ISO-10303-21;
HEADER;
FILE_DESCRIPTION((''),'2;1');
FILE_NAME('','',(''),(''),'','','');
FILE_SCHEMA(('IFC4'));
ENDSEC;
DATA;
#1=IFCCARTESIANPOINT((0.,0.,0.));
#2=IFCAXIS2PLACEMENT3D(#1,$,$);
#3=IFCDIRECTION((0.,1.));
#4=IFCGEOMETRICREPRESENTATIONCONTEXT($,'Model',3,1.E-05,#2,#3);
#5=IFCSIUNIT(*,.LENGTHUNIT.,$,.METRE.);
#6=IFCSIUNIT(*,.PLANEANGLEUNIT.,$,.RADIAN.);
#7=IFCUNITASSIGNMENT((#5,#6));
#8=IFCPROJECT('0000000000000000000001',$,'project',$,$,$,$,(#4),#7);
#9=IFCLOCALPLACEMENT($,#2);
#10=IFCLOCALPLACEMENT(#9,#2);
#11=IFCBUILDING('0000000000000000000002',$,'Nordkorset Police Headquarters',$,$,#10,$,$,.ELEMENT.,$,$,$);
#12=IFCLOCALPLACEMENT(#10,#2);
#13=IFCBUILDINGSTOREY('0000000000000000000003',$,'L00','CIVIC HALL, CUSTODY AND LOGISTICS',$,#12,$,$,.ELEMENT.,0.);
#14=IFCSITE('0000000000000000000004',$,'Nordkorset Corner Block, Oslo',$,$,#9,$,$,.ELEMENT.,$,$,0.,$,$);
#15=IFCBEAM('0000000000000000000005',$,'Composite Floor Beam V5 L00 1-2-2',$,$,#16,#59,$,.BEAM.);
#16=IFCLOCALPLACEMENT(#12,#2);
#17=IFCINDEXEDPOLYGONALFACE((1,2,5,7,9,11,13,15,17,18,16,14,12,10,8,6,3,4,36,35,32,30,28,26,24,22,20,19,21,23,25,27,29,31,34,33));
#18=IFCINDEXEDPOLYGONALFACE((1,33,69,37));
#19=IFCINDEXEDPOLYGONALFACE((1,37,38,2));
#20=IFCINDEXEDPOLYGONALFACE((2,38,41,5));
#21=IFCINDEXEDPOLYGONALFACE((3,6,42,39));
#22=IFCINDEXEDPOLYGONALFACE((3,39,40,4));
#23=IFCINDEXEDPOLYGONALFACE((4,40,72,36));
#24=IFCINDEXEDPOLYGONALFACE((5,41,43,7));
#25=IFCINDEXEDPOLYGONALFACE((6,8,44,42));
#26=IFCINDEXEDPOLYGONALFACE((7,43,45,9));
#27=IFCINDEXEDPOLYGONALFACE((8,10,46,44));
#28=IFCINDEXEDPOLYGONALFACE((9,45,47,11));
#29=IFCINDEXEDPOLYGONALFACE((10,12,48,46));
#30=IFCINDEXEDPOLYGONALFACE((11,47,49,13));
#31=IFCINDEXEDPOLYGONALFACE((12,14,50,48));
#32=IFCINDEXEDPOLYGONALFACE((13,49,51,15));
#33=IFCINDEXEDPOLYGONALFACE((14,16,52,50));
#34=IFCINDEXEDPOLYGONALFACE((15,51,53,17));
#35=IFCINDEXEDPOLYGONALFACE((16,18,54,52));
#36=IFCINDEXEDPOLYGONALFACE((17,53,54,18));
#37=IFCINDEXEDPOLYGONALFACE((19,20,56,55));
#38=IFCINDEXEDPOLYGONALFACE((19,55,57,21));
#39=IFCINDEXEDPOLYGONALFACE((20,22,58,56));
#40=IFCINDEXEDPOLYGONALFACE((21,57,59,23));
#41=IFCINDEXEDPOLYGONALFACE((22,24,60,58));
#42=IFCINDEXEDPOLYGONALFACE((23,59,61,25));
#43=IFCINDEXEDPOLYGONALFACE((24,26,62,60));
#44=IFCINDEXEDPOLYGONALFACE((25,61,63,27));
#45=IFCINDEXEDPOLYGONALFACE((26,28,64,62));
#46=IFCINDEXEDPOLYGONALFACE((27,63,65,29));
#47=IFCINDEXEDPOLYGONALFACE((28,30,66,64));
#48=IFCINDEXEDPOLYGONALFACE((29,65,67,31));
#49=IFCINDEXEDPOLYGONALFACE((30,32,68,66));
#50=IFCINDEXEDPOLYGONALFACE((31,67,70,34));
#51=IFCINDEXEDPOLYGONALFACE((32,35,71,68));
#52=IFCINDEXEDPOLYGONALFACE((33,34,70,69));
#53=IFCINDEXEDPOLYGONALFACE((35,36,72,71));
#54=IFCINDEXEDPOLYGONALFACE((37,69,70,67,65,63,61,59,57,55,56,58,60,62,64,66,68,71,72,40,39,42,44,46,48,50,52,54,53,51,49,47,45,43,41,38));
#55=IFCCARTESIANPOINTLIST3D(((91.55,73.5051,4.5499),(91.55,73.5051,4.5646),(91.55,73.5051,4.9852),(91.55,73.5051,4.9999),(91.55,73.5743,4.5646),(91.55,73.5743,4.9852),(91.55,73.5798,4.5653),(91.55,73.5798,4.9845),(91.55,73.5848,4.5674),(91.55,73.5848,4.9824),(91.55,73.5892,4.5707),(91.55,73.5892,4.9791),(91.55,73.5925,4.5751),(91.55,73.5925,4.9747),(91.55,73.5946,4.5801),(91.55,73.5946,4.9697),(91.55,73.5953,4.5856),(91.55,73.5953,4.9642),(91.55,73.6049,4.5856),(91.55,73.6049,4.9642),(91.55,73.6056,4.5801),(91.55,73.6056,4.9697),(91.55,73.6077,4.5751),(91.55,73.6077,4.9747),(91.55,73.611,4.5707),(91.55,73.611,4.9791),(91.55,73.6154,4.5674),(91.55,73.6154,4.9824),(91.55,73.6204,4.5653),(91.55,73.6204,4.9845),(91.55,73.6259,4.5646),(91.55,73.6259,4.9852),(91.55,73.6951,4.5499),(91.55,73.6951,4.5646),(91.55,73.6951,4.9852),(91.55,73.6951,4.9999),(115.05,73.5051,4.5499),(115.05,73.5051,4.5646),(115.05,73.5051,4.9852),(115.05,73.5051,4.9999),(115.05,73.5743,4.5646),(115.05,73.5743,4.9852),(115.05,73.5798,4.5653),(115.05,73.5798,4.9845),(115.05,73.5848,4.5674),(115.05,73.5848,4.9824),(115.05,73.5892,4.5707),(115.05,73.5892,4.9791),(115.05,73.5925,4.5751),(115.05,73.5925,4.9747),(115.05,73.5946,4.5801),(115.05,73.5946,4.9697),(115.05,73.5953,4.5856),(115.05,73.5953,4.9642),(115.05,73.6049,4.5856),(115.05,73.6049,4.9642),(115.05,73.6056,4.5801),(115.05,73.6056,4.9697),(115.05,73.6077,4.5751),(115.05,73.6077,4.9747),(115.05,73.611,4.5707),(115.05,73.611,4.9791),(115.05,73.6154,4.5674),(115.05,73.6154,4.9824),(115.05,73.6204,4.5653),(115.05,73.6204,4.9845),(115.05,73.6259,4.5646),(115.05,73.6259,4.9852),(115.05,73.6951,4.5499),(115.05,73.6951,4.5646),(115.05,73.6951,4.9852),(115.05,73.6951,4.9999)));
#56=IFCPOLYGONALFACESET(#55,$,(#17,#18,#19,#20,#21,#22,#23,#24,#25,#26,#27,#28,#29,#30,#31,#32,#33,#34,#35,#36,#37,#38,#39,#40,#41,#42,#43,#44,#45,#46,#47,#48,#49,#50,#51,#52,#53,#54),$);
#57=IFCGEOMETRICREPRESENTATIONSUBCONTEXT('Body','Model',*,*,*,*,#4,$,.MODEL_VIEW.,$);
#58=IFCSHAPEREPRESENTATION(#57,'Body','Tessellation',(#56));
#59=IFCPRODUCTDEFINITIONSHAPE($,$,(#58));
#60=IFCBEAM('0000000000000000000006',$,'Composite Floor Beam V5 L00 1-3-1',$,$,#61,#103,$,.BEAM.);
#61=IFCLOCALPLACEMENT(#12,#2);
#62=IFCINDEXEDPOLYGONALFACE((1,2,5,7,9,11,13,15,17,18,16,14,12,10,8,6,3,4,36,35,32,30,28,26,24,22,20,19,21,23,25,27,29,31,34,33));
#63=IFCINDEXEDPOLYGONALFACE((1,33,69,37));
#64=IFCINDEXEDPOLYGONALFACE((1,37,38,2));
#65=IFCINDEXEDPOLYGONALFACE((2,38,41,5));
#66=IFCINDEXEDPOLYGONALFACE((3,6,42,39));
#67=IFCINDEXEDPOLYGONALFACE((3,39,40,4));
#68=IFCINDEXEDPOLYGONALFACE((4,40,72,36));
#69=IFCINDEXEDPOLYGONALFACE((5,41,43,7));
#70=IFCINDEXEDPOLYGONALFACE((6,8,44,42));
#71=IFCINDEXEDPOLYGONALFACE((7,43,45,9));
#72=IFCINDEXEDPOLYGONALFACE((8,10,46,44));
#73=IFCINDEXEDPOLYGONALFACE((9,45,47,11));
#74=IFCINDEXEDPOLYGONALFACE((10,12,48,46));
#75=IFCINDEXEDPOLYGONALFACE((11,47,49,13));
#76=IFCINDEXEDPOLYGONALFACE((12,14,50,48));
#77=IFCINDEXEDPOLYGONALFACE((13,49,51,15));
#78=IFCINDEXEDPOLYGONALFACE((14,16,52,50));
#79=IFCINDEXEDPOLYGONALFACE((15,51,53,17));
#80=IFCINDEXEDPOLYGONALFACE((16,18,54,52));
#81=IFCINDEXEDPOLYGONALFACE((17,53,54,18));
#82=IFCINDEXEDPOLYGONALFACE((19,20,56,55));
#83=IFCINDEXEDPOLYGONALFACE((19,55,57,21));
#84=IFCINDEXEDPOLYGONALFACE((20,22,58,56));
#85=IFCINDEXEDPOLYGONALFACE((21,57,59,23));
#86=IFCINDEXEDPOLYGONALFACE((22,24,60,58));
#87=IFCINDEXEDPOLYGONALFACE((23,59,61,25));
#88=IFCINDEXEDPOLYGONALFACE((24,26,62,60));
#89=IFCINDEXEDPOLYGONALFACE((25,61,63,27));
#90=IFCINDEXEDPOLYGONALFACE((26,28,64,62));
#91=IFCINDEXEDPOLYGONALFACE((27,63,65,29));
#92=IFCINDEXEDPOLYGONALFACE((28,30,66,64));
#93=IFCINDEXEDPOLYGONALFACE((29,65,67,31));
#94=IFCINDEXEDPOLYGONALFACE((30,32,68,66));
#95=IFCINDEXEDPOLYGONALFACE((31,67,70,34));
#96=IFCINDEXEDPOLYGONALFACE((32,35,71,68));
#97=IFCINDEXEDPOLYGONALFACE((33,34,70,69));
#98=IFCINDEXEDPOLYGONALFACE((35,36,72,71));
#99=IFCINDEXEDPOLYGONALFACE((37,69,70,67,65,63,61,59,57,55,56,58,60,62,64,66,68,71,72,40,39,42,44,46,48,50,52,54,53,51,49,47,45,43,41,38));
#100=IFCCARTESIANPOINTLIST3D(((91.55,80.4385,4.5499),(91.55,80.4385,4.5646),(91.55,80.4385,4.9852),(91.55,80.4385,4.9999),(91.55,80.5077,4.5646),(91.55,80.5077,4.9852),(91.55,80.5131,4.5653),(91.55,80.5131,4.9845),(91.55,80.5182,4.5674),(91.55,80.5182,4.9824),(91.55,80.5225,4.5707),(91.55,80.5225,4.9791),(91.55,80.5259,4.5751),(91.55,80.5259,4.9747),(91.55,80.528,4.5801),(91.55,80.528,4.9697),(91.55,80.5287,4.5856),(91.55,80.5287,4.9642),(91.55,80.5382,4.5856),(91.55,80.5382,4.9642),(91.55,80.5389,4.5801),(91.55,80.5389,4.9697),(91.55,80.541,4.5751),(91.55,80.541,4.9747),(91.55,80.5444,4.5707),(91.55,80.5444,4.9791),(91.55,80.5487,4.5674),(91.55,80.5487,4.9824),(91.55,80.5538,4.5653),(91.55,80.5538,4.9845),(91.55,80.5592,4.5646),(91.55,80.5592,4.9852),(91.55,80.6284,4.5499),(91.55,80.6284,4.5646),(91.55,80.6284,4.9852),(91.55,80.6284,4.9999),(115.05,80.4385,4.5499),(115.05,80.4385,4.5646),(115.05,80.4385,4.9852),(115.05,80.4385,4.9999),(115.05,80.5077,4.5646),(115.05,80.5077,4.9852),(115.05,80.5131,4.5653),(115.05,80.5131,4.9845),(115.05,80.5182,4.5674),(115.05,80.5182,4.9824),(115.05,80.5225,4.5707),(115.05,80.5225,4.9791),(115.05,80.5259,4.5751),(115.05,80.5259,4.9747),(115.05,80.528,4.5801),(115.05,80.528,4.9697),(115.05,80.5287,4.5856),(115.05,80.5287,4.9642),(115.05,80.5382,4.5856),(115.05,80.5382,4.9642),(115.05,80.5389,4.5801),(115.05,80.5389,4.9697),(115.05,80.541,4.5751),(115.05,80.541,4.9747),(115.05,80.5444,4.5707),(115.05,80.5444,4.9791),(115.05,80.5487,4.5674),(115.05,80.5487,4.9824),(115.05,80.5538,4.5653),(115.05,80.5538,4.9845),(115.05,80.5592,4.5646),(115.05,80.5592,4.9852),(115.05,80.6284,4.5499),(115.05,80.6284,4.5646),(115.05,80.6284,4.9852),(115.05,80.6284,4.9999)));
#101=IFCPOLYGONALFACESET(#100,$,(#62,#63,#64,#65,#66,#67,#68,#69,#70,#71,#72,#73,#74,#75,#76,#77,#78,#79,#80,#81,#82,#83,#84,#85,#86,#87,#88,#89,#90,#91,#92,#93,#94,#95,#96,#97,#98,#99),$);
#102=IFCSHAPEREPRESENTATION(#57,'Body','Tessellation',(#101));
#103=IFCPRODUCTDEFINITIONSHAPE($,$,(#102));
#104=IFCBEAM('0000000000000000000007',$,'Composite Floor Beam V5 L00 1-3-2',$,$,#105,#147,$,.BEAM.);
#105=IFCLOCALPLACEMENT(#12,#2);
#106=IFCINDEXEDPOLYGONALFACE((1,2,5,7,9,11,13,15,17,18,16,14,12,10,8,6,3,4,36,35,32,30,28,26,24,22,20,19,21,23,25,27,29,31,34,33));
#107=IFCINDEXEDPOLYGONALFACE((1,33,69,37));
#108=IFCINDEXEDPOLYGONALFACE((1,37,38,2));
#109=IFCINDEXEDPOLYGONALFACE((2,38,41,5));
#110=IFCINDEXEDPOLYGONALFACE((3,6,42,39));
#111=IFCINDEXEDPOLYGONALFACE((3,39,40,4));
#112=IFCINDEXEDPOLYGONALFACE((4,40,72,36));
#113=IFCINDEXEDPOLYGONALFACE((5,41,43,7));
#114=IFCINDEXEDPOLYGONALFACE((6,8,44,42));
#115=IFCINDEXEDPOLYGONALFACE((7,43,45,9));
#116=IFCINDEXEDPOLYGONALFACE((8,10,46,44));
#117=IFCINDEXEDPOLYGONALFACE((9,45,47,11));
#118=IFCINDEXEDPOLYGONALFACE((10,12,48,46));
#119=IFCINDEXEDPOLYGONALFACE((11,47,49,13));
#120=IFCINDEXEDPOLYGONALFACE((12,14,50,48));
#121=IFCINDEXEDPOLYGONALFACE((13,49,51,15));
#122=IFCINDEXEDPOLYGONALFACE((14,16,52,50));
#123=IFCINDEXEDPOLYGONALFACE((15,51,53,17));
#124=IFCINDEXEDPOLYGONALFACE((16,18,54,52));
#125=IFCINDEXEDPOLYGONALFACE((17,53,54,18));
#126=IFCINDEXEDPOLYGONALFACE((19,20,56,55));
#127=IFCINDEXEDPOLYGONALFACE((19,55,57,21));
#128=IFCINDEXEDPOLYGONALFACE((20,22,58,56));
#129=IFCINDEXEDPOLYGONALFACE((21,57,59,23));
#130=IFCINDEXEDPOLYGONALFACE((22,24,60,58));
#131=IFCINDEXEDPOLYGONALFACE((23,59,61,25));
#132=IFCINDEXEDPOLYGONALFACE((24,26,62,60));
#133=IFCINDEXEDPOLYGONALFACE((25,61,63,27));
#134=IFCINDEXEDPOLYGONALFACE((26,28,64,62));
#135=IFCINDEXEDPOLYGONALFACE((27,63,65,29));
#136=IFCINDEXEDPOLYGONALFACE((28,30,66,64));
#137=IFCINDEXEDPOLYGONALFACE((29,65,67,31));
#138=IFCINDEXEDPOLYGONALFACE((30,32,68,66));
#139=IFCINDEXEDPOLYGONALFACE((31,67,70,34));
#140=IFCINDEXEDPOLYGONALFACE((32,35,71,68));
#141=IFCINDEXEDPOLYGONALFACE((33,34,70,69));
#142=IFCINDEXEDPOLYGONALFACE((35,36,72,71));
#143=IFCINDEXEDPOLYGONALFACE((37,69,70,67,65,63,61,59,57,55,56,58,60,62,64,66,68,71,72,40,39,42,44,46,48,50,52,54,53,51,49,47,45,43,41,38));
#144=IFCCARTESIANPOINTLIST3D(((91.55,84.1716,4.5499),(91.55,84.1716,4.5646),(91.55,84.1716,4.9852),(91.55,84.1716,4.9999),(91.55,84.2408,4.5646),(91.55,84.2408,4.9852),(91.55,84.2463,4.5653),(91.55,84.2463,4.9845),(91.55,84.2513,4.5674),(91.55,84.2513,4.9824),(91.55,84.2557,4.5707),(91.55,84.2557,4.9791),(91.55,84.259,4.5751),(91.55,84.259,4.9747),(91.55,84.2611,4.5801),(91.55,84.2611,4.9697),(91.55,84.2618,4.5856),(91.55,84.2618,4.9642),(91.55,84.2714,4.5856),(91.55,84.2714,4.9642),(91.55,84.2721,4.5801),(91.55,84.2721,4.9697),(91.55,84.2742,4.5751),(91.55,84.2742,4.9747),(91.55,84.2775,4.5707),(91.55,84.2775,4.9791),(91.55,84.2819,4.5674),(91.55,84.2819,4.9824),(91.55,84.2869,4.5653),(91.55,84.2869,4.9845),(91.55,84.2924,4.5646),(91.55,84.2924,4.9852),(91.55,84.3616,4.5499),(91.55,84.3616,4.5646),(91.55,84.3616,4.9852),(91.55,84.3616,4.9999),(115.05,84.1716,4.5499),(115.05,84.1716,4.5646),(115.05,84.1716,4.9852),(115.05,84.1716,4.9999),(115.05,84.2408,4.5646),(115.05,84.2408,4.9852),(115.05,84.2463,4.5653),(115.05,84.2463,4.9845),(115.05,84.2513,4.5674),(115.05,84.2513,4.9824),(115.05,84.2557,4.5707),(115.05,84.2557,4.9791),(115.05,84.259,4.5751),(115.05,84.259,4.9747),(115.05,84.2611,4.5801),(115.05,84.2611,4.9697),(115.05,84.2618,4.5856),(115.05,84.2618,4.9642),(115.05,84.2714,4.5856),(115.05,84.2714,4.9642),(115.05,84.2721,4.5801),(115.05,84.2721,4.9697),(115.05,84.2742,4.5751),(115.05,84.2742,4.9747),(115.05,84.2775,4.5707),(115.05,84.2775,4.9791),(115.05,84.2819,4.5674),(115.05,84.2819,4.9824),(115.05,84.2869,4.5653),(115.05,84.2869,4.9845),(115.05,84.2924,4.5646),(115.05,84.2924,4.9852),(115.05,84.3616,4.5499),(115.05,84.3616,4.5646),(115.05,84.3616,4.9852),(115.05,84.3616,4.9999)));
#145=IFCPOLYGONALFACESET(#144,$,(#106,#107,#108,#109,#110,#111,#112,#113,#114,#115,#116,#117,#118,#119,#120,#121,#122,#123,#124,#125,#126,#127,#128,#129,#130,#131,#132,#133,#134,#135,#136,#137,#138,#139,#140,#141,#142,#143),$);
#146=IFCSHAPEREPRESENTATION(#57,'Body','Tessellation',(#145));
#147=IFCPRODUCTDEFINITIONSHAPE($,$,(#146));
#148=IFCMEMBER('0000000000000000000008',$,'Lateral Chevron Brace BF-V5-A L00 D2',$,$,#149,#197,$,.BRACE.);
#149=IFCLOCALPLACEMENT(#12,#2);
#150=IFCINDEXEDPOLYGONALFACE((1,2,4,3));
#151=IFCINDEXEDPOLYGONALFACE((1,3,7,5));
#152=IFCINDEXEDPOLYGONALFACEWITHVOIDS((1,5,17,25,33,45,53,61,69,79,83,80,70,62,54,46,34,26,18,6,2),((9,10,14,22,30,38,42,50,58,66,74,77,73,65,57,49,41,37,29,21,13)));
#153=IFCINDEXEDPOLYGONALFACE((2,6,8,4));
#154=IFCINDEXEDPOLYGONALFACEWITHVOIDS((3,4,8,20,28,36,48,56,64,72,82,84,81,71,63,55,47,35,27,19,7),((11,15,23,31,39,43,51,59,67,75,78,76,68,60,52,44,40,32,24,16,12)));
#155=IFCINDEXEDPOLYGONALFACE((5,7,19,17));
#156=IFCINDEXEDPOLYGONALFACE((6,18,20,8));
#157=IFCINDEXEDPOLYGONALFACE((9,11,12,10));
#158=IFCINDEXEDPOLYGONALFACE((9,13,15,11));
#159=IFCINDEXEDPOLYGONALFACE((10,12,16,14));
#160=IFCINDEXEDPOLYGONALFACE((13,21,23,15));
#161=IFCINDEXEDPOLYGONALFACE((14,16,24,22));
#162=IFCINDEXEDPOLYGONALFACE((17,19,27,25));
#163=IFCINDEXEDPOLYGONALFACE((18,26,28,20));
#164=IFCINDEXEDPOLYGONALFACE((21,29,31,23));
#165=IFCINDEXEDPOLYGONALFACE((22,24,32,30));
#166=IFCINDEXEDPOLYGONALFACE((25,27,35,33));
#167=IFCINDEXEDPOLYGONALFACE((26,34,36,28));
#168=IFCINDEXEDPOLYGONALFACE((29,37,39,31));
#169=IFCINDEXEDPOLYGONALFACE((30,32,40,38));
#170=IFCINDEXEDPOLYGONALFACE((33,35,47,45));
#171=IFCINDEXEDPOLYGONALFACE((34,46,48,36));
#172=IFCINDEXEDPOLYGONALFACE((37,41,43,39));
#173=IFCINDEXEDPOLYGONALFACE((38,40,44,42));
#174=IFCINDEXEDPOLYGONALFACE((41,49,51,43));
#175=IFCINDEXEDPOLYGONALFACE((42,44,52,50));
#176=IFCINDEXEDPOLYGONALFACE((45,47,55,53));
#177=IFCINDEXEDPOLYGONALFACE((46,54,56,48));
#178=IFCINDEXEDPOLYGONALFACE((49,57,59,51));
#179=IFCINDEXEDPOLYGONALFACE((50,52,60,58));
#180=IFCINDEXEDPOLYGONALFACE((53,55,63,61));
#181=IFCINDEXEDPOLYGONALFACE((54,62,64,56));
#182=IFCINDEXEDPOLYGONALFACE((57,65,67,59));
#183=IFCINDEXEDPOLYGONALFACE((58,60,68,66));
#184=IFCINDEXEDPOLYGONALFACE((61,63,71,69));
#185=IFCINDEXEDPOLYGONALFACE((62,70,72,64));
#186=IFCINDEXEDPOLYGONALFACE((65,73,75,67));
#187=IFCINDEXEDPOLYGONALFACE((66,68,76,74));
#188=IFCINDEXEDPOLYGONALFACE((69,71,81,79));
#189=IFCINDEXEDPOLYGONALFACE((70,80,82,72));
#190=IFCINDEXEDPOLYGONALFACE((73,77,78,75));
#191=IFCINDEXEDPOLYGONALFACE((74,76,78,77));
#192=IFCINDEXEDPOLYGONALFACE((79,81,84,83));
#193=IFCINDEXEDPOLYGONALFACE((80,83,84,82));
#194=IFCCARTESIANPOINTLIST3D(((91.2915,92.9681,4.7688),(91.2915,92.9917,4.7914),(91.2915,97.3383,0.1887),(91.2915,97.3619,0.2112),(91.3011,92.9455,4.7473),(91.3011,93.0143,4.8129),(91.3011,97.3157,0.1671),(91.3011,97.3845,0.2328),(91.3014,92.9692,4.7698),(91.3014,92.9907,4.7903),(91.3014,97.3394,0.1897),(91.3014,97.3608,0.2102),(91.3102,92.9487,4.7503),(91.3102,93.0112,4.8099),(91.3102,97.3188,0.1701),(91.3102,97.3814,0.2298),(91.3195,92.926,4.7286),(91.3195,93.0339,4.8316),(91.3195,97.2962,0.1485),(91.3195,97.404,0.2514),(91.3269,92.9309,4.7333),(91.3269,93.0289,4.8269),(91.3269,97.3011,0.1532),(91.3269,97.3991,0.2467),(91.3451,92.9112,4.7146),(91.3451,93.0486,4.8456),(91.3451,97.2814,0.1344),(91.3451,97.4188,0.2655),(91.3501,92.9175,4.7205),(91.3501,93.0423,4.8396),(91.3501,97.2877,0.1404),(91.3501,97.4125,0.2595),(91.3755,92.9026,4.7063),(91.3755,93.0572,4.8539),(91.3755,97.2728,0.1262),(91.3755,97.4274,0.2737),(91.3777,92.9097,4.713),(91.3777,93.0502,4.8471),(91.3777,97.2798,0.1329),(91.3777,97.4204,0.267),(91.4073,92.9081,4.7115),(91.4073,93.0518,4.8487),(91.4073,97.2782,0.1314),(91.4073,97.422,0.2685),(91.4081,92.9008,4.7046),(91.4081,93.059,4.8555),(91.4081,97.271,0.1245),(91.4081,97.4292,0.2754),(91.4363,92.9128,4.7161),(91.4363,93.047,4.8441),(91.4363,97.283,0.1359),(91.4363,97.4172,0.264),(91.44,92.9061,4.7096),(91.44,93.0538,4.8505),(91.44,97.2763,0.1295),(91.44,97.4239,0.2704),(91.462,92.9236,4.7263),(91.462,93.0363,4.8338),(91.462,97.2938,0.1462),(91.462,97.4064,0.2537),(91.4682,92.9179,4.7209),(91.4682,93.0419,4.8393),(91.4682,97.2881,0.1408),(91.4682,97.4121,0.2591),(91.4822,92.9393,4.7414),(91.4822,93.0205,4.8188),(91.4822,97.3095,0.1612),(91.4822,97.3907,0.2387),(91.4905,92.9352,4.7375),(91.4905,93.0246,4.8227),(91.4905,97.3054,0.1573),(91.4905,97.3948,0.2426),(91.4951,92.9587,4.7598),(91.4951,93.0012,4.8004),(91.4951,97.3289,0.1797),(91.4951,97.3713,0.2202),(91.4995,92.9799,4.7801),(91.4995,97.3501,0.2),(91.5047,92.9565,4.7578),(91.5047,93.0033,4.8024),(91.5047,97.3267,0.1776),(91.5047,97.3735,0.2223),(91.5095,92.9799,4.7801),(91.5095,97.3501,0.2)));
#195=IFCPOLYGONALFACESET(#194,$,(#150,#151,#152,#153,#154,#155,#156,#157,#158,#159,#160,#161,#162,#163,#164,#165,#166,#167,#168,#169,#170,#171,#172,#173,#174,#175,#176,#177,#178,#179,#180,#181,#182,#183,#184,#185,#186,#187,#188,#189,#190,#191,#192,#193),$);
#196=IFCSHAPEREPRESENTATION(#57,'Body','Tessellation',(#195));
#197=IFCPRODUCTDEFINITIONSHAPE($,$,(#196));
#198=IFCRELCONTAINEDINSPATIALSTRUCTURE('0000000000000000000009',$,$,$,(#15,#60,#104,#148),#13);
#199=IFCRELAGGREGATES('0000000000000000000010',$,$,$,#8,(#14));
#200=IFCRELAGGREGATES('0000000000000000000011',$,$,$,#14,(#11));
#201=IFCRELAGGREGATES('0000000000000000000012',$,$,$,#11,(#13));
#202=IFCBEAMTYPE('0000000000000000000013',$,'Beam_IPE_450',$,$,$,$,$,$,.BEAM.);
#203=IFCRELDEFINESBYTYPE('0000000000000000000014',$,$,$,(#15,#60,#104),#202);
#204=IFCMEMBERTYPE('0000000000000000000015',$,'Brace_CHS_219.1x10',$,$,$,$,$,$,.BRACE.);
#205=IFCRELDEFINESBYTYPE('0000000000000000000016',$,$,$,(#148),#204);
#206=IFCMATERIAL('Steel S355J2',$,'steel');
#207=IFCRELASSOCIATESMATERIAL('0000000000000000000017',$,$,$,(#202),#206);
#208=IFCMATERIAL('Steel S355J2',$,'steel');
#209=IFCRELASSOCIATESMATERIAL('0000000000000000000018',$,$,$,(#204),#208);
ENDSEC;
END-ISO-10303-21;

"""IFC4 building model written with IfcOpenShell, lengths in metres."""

from ifc_helpers import new_model, si_unit, direction, frame, origin, origin_2d, place, context, subcontext, project, spatial, hollow_circle, i_section, extrude, material, material_profile, profile_set, type_object, element, save


model = new_model("IFC4")

# Units and contexts
model_context = context("Model", 3, precision=1e-05, world=origin(), true_north=direction((0.0, 1.0)))
body_context = subcontext(model_context, "Body", "Model", "MODEL_VIEW")
ifc_project = project(units=[si_unit("LENGTHUNIT", "METRE"), si_unit("PLANEANGLEUNIT", "RADIAN")], contexts=[model_context])

# Site, building, storey
site_placement = place(None, origin())
site = spatial("IfcSite", under=ifc_project, at=site_placement, Name="Nordkorset Corner Block, Oslo", CompositionType="ELEMENT", RefElevation=0.0)
building_placement = place(site_placement, origin())
building = spatial("IfcBuilding", under=site, at=building_placement, Name="Nordkorset Police Headquarters", CompositionType="ELEMENT")
storey_placement = place(building_placement, origin())
storey = spatial("IfcBuildingStorey", under=building, at=storey_placement, Name="L00", Description="CIVIC HALL, CUSTODY AND LOGISTICS", CompositionType="ELEMENT", Elevation=0.0)

# Beams
ifc_material_1 = material(Name="Steel S355J2", Category="steel")
ifc_material_profile_1 = material_profile(ifc_material_1, i_section(OverallWidth=0.1899, OverallDepth=0.45, WebThickness=0.0095, FlangeThickness=0.0146, FilletRadius=0.021, at=origin_2d()), Name="IPE 450")
ifc_profile_set_1 = profile_set([ifc_material_profile_1], Name="Steel S355J2")
beam_type_1 = type_object("IfcBeamType", Name="Beam_IPE_450", PredefinedType="BEAM", material=ifc_profile_set_1)
for number, where, z_axis, x_axis, name in (
    (1, (91.55, 73.6001, 4.7749), (1.0, 0.0, 0.0), (0.0, 1.0, 0.0), "Composite Floor Beam V5 L00 1-2-2"),
    (2, (91.55, 80.5334, 4.7749), (1.0, 0.0, 0.0), (0.0, 1.0, 0.0), "Composite Floor Beam V5 L00 1-3-1"),
    (3, (91.55, 84.2666, 4.7749), (1.0, 0.0, 0.0), (0.0, 1.0, 0.0), "Composite Floor Beam V5 L00 1-3-2"),
):
    element("IfcBeam", number, at=place(storey_placement, frame(where, z_axis=z_axis, x_axis=x_axis)), inside=storey, type_object=beam_type_1, Name=name, PredefinedType="BEAM", context=body_context, shape_type="SweptSolid", body=[
        extrude(i_section(OverallWidth=0.1899, OverallDepth=0.45, WebThickness=0.0095, FlangeThickness=0.0146, FilletRadius=0.021, at=origin_2d()), origin(), (0.0, 0.0, 1.0), 23.5),
    ])

# Member
ifc_material_2 = material(Name="Steel S355J2", Category="steel")
ifc_material_profile_2 = material_profile(ifc_material_2, hollow_circle(Radius=0.1096, WallThickness=0.01, at=origin_2d()), Name="CHS 219.1x10")
ifc_profile_set_2 = profile_set([ifc_material_profile_2], Name="Steel S355J2")
member_type = type_object("IfcMemberType", Name="Brace_CHS_219.1x10", PredefinedType="BRACE", material=ifc_profile_set_2)
member_placement = place(storey_placement, frame((91.3999, 97.3501, 0.2), z_axis=(0.0, -0.690329, 0.723496), x_axis=(1.0, 0.0, 0.0)))
element("IfcMember", 4, at=member_placement, inside=storey, type_object=member_type, Name="Lateral Chevron Brace BF-V5-A L00 D2", PredefinedType="BRACE", context=body_context, shape_type="SweptSolid", body=[
    extrude(hollow_circle(Radius=0.1096, WallThickness=0.01, at=origin_2d()), origin(), (0.0, 0.0, 1.0), 6.3306),
])

save(model, "model.ifc")
